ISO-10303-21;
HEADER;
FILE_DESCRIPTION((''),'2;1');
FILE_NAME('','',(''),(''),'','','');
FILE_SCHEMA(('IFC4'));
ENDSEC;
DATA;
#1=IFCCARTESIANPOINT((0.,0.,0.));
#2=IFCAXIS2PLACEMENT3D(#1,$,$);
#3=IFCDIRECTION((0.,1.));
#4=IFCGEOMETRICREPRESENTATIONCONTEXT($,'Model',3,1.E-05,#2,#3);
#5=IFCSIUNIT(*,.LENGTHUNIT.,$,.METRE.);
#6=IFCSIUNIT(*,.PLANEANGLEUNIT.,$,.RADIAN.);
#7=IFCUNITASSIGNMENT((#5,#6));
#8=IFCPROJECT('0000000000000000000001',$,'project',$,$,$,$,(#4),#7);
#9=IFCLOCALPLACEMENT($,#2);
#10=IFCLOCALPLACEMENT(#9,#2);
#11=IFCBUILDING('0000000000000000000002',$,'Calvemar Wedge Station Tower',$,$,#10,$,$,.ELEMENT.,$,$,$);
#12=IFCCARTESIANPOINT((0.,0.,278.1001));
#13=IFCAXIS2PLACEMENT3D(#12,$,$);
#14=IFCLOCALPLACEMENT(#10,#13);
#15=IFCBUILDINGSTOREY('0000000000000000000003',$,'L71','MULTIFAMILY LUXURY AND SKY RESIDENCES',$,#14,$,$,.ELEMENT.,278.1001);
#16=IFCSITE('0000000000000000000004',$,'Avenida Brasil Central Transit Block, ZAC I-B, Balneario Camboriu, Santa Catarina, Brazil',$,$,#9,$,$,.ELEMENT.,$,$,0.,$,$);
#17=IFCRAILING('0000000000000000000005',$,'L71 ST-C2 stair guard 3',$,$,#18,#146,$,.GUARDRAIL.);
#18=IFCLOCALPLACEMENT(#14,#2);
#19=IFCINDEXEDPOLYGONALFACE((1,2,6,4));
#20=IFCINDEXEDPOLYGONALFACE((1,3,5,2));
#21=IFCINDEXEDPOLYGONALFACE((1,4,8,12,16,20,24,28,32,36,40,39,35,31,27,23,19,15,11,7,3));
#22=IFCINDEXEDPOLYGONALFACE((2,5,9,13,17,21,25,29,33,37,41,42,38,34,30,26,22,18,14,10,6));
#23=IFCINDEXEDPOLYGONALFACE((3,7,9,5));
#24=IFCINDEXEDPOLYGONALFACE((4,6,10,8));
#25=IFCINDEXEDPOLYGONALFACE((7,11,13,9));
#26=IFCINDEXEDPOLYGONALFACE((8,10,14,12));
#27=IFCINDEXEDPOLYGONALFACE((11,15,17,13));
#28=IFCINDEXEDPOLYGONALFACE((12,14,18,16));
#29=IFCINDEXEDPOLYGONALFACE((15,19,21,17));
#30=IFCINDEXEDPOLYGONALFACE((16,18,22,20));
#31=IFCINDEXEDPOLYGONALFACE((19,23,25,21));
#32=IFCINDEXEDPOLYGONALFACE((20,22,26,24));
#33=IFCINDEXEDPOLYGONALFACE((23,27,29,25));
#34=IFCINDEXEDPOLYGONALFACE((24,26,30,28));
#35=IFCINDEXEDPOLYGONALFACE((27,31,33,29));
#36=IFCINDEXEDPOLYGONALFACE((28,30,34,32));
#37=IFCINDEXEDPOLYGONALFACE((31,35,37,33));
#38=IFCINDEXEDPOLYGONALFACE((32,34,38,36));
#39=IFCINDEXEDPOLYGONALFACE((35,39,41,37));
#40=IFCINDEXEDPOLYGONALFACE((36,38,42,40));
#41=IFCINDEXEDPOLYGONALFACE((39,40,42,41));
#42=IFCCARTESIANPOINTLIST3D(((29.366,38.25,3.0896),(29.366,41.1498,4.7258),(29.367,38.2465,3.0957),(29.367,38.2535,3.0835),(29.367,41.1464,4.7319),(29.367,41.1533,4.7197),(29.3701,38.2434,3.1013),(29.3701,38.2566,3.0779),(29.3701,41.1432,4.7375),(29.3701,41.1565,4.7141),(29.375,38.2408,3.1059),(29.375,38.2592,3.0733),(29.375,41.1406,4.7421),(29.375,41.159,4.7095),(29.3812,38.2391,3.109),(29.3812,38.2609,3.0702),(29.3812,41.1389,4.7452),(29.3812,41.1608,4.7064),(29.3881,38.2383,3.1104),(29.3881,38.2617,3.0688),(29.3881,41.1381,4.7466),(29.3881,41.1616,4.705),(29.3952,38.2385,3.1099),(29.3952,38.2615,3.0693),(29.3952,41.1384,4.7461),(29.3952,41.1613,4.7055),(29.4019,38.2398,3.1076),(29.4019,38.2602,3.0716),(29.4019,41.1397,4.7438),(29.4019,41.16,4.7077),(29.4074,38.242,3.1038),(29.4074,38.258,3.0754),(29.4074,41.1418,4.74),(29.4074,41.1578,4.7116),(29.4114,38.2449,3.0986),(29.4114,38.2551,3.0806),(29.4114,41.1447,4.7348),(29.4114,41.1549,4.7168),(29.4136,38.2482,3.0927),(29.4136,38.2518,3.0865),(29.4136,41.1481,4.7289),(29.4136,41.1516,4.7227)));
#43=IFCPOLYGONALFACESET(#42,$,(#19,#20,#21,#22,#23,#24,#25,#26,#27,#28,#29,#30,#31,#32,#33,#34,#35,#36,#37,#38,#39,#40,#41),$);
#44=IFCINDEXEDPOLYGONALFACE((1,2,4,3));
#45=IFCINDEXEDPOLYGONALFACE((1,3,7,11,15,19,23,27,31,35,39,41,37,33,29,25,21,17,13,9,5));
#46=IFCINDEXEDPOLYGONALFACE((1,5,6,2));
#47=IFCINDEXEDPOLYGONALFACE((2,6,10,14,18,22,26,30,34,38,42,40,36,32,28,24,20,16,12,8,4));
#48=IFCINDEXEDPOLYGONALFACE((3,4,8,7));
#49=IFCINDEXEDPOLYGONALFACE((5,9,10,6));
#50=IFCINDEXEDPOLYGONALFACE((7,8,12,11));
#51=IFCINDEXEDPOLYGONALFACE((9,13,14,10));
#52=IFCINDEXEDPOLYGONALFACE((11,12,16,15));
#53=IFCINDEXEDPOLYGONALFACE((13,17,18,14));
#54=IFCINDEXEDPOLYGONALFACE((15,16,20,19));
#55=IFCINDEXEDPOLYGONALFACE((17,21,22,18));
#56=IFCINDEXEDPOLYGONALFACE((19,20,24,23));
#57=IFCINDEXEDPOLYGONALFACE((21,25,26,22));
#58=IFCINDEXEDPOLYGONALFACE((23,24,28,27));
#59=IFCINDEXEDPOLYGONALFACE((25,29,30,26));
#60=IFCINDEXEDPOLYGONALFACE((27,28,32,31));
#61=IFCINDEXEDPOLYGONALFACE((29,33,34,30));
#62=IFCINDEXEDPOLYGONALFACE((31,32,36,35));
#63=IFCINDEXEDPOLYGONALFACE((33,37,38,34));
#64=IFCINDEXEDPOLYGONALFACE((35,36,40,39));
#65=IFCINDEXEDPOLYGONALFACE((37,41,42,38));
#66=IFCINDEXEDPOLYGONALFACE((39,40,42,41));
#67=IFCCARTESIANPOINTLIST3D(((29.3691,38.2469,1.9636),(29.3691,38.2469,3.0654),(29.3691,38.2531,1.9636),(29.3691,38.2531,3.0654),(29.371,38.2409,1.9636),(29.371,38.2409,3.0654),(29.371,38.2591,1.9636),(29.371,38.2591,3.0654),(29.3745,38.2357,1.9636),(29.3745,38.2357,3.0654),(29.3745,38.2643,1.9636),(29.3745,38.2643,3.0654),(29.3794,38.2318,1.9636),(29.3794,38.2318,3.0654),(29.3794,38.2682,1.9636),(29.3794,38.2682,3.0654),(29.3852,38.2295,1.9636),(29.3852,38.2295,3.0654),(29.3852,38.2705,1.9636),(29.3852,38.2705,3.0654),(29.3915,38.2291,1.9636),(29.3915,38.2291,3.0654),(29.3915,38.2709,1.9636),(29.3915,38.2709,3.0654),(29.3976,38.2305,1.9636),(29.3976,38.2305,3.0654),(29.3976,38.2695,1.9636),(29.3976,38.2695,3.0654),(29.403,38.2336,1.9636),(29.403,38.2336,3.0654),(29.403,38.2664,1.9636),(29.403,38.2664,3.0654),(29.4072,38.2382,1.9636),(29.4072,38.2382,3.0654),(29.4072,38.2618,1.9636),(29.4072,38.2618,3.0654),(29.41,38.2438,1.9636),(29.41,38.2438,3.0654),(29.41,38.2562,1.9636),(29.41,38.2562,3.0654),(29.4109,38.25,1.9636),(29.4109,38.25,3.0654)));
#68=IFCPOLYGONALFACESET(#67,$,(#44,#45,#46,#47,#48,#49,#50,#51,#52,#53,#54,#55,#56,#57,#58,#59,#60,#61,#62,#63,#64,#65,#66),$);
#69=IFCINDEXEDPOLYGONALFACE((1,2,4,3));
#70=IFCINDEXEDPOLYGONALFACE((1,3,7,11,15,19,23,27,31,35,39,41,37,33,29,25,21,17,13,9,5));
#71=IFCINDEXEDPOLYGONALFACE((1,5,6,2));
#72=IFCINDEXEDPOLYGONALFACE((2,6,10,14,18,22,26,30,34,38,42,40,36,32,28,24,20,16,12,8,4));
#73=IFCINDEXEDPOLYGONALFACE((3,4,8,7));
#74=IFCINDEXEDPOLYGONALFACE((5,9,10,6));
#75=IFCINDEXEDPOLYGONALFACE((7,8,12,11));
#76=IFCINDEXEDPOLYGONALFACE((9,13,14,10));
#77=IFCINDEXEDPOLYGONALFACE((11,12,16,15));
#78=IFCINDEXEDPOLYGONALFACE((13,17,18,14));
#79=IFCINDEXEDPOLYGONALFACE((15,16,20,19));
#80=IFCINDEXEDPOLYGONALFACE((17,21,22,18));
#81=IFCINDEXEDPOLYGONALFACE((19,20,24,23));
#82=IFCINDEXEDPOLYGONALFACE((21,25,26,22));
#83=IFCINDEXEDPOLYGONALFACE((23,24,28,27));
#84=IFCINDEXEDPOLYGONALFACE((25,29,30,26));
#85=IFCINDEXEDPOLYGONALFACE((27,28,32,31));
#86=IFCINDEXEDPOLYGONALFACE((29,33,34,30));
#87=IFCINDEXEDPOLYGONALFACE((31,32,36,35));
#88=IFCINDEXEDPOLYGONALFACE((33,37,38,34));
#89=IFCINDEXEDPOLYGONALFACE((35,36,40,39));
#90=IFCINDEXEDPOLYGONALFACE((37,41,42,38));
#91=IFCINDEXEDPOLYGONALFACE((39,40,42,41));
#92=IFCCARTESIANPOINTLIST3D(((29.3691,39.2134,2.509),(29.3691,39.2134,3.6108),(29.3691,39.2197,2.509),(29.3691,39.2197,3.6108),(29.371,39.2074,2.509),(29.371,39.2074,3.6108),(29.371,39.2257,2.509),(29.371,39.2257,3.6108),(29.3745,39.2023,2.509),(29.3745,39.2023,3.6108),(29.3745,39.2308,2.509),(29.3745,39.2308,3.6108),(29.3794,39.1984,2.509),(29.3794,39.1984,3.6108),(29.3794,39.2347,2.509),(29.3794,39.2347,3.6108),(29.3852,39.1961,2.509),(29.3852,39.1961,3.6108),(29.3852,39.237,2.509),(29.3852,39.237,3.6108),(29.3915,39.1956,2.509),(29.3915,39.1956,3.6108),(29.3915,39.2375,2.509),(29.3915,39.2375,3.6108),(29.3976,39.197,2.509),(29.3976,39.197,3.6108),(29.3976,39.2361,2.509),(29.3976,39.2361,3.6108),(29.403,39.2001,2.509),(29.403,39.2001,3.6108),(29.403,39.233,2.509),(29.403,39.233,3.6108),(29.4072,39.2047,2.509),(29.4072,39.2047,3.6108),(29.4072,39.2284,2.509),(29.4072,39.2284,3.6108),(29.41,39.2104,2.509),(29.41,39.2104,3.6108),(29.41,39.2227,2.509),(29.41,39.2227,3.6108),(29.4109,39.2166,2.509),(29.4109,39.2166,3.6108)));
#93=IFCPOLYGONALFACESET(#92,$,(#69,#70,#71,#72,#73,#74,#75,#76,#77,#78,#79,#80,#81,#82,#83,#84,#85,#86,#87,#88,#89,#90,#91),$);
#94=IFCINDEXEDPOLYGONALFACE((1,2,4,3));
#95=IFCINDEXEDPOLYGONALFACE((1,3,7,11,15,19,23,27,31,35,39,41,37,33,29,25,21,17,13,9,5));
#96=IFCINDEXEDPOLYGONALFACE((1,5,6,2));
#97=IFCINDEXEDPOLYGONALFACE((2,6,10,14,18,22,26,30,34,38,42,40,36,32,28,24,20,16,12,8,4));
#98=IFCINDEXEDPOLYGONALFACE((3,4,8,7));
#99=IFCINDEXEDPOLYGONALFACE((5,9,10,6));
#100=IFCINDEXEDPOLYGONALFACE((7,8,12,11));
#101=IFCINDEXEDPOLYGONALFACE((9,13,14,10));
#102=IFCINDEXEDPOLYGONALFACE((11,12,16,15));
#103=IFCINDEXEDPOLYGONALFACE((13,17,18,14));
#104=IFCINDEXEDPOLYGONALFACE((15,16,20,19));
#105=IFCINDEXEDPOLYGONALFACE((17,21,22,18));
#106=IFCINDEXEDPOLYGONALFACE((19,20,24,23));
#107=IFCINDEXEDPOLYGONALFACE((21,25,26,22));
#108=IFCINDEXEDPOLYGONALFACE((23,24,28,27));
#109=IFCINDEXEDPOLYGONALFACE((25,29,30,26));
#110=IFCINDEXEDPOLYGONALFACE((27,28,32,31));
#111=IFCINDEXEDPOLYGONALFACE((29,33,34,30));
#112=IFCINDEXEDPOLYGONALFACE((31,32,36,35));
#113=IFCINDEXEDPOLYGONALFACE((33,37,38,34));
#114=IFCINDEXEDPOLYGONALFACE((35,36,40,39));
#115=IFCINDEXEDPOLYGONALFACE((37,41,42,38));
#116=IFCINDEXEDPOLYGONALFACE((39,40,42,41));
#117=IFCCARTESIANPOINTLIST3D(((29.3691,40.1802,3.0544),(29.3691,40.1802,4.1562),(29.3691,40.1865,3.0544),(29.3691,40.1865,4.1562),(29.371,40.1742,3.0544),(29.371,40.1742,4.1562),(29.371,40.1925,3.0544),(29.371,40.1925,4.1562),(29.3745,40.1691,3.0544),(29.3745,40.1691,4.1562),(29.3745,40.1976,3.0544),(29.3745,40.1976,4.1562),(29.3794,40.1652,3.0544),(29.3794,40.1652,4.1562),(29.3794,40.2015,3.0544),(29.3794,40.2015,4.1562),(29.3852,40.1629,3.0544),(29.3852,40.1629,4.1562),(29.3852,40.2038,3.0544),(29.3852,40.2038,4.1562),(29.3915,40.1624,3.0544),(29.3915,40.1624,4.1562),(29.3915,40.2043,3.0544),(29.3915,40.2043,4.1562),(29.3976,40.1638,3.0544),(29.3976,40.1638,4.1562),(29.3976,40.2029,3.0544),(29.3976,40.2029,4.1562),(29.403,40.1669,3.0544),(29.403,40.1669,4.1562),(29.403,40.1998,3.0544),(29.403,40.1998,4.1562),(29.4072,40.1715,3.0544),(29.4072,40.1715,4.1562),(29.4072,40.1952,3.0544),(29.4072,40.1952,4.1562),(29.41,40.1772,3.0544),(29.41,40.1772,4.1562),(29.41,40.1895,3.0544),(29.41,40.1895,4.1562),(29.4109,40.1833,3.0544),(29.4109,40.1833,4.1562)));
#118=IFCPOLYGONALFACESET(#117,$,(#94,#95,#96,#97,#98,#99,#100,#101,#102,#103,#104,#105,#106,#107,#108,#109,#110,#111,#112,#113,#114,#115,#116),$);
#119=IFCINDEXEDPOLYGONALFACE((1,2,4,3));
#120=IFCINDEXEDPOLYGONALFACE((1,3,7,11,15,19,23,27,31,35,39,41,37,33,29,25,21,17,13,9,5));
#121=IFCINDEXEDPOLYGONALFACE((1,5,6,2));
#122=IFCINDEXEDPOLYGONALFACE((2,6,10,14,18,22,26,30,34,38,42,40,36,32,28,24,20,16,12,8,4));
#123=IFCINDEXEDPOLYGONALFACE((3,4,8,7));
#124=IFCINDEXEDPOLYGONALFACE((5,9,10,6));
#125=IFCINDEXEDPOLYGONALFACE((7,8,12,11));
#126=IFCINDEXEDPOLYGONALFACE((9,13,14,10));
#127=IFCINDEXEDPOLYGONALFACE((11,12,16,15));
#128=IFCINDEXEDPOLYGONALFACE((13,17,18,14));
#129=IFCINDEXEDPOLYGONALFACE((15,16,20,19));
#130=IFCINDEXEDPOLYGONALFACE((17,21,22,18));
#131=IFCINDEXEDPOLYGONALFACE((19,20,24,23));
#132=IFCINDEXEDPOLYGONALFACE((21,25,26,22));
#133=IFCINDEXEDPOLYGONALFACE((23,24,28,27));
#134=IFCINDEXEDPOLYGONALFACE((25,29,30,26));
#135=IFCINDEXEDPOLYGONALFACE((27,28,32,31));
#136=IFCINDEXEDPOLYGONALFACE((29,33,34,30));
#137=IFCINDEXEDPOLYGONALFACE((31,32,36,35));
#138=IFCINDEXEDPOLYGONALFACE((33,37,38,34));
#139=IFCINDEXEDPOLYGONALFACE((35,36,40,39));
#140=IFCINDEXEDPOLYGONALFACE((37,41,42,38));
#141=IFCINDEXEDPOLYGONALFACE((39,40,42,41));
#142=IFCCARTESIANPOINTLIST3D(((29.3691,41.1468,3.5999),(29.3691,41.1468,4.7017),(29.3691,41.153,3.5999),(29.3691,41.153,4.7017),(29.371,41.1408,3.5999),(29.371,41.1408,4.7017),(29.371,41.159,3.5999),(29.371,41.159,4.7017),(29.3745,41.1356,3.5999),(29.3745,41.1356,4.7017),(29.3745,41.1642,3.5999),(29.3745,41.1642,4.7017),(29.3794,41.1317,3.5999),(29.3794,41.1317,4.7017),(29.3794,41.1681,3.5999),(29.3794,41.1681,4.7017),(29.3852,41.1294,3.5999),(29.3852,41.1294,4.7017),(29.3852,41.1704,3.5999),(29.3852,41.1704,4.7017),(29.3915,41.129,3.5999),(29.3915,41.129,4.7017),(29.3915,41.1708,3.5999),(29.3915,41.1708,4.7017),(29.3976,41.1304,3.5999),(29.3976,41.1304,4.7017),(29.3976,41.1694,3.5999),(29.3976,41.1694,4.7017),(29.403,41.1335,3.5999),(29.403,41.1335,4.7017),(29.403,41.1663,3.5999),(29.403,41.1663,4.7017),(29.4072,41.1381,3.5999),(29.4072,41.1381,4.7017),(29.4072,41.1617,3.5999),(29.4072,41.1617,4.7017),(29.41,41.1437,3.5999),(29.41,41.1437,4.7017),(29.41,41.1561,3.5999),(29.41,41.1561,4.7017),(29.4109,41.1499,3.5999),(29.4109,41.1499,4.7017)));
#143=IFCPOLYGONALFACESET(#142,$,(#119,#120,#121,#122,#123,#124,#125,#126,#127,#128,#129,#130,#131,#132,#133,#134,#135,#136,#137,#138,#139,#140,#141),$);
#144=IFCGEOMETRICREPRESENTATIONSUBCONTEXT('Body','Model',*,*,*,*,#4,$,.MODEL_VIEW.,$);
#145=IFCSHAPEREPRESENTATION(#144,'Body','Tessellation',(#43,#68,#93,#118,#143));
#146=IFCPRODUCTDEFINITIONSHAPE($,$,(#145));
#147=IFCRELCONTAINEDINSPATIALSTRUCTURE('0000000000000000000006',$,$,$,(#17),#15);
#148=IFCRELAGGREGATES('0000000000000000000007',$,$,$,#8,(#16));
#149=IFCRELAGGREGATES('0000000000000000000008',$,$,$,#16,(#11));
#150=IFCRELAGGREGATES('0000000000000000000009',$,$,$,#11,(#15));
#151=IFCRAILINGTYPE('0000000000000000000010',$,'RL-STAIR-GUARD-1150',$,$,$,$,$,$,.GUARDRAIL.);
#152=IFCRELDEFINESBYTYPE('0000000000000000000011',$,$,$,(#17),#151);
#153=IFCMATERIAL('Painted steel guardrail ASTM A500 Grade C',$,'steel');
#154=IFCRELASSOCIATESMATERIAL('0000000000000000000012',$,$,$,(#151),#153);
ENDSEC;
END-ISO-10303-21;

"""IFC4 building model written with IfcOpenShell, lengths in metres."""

from ifc_helpers import new_model, si_unit, direction, frame, origin, origin_2d, place, context, subcontext, project, spatial, circle, extrude, material, type_object, element, save


model = new_model("IFC4")

# Units and contexts
model_context = context("Model", 3, precision=1e-05, world=origin(), true_north=direction((0.0, 1.0)))
body_context = subcontext(model_context, "Body", "Model", "MODEL_VIEW")
ifc_project = project(units=[si_unit("LENGTHUNIT", "METRE"), si_unit("PLANEANGLEUNIT", "RADIAN")], contexts=[model_context])

# Site, building, storey
site_placement = place(None, origin())
site = spatial("IfcSite", under=ifc_project, at=site_placement, Name="Avenida Brasil Central Transit Block, ZAC I-B, Balneario Camboriu, Santa Catarina, Brazil", CompositionType="ELEMENT", RefElevation=0.0)
building_placement = place(site_placement, origin())
building = spatial("IfcBuilding", under=site, at=building_placement, Name="Calvemar Wedge Station Tower", CompositionType="ELEMENT")
storey_placement = place(building_placement, frame((0.0, 0.0, 278.1001)))
storey = spatial("IfcBuildingStorey", under=building, at=storey_placement, Name="L71", Description="MULTIFAMILY LUXURY AND SKY RESIDENCES", CompositionType="ELEMENT", Elevation=278.1001)

# Railing
ifc_material_1 = material(Name="Painted steel guardrail ASTM A500 Grade C", Category="steel")
railing_type_1 = type_object("IfcRailingType", Name="RL-STAIR-GUARD-1150", PredefinedType="GUARDRAIL", material=ifc_material_1)
railing_1_placement = place(storey_placement, frame((29.3899, 38.25, 1.9636)))
element("IfcRailing", 1, at=railing_1_placement, inside=storey, type_object=railing_type_1, Name="L71 ST-C2 stair guard 3", PredefinedType="GUARDRAIL", context=body_context, shape_type="SweptSolid", body=[
    extrude(circle(Radius=0.0239, at=origin_2d()), frame((0.0, 0.0, 1.126), z_axis=(0.0, 0.870929, 0.49141), x_axis=(-1.0, 0.0, 0.0)), (0.0, 0.0, 1.0), 3.3296),
    extrude(circle(Radius=0.021, at=origin_2d()), origin(), (0.0, 0.0, 1.0), 1.1018),
    extrude(circle(Radius=0.021, at=origin_2d()), frame((0.0, 0.9666, 0.5454)), (0.0, 0.0, 1.0), 1.1018),
    extrude(circle(Radius=0.021, at=origin_2d()), frame((0.0, 1.9333, 1.0908)), (0.0, 0.0, 1.0), 1.1018),
    extrude(circle(Radius=0.021, at=origin_2d()), frame((0.0, 2.8999, 1.6362)), (0.0, 0.0, 1.0), 1.1018),
])

save(model, "model.ifc")
